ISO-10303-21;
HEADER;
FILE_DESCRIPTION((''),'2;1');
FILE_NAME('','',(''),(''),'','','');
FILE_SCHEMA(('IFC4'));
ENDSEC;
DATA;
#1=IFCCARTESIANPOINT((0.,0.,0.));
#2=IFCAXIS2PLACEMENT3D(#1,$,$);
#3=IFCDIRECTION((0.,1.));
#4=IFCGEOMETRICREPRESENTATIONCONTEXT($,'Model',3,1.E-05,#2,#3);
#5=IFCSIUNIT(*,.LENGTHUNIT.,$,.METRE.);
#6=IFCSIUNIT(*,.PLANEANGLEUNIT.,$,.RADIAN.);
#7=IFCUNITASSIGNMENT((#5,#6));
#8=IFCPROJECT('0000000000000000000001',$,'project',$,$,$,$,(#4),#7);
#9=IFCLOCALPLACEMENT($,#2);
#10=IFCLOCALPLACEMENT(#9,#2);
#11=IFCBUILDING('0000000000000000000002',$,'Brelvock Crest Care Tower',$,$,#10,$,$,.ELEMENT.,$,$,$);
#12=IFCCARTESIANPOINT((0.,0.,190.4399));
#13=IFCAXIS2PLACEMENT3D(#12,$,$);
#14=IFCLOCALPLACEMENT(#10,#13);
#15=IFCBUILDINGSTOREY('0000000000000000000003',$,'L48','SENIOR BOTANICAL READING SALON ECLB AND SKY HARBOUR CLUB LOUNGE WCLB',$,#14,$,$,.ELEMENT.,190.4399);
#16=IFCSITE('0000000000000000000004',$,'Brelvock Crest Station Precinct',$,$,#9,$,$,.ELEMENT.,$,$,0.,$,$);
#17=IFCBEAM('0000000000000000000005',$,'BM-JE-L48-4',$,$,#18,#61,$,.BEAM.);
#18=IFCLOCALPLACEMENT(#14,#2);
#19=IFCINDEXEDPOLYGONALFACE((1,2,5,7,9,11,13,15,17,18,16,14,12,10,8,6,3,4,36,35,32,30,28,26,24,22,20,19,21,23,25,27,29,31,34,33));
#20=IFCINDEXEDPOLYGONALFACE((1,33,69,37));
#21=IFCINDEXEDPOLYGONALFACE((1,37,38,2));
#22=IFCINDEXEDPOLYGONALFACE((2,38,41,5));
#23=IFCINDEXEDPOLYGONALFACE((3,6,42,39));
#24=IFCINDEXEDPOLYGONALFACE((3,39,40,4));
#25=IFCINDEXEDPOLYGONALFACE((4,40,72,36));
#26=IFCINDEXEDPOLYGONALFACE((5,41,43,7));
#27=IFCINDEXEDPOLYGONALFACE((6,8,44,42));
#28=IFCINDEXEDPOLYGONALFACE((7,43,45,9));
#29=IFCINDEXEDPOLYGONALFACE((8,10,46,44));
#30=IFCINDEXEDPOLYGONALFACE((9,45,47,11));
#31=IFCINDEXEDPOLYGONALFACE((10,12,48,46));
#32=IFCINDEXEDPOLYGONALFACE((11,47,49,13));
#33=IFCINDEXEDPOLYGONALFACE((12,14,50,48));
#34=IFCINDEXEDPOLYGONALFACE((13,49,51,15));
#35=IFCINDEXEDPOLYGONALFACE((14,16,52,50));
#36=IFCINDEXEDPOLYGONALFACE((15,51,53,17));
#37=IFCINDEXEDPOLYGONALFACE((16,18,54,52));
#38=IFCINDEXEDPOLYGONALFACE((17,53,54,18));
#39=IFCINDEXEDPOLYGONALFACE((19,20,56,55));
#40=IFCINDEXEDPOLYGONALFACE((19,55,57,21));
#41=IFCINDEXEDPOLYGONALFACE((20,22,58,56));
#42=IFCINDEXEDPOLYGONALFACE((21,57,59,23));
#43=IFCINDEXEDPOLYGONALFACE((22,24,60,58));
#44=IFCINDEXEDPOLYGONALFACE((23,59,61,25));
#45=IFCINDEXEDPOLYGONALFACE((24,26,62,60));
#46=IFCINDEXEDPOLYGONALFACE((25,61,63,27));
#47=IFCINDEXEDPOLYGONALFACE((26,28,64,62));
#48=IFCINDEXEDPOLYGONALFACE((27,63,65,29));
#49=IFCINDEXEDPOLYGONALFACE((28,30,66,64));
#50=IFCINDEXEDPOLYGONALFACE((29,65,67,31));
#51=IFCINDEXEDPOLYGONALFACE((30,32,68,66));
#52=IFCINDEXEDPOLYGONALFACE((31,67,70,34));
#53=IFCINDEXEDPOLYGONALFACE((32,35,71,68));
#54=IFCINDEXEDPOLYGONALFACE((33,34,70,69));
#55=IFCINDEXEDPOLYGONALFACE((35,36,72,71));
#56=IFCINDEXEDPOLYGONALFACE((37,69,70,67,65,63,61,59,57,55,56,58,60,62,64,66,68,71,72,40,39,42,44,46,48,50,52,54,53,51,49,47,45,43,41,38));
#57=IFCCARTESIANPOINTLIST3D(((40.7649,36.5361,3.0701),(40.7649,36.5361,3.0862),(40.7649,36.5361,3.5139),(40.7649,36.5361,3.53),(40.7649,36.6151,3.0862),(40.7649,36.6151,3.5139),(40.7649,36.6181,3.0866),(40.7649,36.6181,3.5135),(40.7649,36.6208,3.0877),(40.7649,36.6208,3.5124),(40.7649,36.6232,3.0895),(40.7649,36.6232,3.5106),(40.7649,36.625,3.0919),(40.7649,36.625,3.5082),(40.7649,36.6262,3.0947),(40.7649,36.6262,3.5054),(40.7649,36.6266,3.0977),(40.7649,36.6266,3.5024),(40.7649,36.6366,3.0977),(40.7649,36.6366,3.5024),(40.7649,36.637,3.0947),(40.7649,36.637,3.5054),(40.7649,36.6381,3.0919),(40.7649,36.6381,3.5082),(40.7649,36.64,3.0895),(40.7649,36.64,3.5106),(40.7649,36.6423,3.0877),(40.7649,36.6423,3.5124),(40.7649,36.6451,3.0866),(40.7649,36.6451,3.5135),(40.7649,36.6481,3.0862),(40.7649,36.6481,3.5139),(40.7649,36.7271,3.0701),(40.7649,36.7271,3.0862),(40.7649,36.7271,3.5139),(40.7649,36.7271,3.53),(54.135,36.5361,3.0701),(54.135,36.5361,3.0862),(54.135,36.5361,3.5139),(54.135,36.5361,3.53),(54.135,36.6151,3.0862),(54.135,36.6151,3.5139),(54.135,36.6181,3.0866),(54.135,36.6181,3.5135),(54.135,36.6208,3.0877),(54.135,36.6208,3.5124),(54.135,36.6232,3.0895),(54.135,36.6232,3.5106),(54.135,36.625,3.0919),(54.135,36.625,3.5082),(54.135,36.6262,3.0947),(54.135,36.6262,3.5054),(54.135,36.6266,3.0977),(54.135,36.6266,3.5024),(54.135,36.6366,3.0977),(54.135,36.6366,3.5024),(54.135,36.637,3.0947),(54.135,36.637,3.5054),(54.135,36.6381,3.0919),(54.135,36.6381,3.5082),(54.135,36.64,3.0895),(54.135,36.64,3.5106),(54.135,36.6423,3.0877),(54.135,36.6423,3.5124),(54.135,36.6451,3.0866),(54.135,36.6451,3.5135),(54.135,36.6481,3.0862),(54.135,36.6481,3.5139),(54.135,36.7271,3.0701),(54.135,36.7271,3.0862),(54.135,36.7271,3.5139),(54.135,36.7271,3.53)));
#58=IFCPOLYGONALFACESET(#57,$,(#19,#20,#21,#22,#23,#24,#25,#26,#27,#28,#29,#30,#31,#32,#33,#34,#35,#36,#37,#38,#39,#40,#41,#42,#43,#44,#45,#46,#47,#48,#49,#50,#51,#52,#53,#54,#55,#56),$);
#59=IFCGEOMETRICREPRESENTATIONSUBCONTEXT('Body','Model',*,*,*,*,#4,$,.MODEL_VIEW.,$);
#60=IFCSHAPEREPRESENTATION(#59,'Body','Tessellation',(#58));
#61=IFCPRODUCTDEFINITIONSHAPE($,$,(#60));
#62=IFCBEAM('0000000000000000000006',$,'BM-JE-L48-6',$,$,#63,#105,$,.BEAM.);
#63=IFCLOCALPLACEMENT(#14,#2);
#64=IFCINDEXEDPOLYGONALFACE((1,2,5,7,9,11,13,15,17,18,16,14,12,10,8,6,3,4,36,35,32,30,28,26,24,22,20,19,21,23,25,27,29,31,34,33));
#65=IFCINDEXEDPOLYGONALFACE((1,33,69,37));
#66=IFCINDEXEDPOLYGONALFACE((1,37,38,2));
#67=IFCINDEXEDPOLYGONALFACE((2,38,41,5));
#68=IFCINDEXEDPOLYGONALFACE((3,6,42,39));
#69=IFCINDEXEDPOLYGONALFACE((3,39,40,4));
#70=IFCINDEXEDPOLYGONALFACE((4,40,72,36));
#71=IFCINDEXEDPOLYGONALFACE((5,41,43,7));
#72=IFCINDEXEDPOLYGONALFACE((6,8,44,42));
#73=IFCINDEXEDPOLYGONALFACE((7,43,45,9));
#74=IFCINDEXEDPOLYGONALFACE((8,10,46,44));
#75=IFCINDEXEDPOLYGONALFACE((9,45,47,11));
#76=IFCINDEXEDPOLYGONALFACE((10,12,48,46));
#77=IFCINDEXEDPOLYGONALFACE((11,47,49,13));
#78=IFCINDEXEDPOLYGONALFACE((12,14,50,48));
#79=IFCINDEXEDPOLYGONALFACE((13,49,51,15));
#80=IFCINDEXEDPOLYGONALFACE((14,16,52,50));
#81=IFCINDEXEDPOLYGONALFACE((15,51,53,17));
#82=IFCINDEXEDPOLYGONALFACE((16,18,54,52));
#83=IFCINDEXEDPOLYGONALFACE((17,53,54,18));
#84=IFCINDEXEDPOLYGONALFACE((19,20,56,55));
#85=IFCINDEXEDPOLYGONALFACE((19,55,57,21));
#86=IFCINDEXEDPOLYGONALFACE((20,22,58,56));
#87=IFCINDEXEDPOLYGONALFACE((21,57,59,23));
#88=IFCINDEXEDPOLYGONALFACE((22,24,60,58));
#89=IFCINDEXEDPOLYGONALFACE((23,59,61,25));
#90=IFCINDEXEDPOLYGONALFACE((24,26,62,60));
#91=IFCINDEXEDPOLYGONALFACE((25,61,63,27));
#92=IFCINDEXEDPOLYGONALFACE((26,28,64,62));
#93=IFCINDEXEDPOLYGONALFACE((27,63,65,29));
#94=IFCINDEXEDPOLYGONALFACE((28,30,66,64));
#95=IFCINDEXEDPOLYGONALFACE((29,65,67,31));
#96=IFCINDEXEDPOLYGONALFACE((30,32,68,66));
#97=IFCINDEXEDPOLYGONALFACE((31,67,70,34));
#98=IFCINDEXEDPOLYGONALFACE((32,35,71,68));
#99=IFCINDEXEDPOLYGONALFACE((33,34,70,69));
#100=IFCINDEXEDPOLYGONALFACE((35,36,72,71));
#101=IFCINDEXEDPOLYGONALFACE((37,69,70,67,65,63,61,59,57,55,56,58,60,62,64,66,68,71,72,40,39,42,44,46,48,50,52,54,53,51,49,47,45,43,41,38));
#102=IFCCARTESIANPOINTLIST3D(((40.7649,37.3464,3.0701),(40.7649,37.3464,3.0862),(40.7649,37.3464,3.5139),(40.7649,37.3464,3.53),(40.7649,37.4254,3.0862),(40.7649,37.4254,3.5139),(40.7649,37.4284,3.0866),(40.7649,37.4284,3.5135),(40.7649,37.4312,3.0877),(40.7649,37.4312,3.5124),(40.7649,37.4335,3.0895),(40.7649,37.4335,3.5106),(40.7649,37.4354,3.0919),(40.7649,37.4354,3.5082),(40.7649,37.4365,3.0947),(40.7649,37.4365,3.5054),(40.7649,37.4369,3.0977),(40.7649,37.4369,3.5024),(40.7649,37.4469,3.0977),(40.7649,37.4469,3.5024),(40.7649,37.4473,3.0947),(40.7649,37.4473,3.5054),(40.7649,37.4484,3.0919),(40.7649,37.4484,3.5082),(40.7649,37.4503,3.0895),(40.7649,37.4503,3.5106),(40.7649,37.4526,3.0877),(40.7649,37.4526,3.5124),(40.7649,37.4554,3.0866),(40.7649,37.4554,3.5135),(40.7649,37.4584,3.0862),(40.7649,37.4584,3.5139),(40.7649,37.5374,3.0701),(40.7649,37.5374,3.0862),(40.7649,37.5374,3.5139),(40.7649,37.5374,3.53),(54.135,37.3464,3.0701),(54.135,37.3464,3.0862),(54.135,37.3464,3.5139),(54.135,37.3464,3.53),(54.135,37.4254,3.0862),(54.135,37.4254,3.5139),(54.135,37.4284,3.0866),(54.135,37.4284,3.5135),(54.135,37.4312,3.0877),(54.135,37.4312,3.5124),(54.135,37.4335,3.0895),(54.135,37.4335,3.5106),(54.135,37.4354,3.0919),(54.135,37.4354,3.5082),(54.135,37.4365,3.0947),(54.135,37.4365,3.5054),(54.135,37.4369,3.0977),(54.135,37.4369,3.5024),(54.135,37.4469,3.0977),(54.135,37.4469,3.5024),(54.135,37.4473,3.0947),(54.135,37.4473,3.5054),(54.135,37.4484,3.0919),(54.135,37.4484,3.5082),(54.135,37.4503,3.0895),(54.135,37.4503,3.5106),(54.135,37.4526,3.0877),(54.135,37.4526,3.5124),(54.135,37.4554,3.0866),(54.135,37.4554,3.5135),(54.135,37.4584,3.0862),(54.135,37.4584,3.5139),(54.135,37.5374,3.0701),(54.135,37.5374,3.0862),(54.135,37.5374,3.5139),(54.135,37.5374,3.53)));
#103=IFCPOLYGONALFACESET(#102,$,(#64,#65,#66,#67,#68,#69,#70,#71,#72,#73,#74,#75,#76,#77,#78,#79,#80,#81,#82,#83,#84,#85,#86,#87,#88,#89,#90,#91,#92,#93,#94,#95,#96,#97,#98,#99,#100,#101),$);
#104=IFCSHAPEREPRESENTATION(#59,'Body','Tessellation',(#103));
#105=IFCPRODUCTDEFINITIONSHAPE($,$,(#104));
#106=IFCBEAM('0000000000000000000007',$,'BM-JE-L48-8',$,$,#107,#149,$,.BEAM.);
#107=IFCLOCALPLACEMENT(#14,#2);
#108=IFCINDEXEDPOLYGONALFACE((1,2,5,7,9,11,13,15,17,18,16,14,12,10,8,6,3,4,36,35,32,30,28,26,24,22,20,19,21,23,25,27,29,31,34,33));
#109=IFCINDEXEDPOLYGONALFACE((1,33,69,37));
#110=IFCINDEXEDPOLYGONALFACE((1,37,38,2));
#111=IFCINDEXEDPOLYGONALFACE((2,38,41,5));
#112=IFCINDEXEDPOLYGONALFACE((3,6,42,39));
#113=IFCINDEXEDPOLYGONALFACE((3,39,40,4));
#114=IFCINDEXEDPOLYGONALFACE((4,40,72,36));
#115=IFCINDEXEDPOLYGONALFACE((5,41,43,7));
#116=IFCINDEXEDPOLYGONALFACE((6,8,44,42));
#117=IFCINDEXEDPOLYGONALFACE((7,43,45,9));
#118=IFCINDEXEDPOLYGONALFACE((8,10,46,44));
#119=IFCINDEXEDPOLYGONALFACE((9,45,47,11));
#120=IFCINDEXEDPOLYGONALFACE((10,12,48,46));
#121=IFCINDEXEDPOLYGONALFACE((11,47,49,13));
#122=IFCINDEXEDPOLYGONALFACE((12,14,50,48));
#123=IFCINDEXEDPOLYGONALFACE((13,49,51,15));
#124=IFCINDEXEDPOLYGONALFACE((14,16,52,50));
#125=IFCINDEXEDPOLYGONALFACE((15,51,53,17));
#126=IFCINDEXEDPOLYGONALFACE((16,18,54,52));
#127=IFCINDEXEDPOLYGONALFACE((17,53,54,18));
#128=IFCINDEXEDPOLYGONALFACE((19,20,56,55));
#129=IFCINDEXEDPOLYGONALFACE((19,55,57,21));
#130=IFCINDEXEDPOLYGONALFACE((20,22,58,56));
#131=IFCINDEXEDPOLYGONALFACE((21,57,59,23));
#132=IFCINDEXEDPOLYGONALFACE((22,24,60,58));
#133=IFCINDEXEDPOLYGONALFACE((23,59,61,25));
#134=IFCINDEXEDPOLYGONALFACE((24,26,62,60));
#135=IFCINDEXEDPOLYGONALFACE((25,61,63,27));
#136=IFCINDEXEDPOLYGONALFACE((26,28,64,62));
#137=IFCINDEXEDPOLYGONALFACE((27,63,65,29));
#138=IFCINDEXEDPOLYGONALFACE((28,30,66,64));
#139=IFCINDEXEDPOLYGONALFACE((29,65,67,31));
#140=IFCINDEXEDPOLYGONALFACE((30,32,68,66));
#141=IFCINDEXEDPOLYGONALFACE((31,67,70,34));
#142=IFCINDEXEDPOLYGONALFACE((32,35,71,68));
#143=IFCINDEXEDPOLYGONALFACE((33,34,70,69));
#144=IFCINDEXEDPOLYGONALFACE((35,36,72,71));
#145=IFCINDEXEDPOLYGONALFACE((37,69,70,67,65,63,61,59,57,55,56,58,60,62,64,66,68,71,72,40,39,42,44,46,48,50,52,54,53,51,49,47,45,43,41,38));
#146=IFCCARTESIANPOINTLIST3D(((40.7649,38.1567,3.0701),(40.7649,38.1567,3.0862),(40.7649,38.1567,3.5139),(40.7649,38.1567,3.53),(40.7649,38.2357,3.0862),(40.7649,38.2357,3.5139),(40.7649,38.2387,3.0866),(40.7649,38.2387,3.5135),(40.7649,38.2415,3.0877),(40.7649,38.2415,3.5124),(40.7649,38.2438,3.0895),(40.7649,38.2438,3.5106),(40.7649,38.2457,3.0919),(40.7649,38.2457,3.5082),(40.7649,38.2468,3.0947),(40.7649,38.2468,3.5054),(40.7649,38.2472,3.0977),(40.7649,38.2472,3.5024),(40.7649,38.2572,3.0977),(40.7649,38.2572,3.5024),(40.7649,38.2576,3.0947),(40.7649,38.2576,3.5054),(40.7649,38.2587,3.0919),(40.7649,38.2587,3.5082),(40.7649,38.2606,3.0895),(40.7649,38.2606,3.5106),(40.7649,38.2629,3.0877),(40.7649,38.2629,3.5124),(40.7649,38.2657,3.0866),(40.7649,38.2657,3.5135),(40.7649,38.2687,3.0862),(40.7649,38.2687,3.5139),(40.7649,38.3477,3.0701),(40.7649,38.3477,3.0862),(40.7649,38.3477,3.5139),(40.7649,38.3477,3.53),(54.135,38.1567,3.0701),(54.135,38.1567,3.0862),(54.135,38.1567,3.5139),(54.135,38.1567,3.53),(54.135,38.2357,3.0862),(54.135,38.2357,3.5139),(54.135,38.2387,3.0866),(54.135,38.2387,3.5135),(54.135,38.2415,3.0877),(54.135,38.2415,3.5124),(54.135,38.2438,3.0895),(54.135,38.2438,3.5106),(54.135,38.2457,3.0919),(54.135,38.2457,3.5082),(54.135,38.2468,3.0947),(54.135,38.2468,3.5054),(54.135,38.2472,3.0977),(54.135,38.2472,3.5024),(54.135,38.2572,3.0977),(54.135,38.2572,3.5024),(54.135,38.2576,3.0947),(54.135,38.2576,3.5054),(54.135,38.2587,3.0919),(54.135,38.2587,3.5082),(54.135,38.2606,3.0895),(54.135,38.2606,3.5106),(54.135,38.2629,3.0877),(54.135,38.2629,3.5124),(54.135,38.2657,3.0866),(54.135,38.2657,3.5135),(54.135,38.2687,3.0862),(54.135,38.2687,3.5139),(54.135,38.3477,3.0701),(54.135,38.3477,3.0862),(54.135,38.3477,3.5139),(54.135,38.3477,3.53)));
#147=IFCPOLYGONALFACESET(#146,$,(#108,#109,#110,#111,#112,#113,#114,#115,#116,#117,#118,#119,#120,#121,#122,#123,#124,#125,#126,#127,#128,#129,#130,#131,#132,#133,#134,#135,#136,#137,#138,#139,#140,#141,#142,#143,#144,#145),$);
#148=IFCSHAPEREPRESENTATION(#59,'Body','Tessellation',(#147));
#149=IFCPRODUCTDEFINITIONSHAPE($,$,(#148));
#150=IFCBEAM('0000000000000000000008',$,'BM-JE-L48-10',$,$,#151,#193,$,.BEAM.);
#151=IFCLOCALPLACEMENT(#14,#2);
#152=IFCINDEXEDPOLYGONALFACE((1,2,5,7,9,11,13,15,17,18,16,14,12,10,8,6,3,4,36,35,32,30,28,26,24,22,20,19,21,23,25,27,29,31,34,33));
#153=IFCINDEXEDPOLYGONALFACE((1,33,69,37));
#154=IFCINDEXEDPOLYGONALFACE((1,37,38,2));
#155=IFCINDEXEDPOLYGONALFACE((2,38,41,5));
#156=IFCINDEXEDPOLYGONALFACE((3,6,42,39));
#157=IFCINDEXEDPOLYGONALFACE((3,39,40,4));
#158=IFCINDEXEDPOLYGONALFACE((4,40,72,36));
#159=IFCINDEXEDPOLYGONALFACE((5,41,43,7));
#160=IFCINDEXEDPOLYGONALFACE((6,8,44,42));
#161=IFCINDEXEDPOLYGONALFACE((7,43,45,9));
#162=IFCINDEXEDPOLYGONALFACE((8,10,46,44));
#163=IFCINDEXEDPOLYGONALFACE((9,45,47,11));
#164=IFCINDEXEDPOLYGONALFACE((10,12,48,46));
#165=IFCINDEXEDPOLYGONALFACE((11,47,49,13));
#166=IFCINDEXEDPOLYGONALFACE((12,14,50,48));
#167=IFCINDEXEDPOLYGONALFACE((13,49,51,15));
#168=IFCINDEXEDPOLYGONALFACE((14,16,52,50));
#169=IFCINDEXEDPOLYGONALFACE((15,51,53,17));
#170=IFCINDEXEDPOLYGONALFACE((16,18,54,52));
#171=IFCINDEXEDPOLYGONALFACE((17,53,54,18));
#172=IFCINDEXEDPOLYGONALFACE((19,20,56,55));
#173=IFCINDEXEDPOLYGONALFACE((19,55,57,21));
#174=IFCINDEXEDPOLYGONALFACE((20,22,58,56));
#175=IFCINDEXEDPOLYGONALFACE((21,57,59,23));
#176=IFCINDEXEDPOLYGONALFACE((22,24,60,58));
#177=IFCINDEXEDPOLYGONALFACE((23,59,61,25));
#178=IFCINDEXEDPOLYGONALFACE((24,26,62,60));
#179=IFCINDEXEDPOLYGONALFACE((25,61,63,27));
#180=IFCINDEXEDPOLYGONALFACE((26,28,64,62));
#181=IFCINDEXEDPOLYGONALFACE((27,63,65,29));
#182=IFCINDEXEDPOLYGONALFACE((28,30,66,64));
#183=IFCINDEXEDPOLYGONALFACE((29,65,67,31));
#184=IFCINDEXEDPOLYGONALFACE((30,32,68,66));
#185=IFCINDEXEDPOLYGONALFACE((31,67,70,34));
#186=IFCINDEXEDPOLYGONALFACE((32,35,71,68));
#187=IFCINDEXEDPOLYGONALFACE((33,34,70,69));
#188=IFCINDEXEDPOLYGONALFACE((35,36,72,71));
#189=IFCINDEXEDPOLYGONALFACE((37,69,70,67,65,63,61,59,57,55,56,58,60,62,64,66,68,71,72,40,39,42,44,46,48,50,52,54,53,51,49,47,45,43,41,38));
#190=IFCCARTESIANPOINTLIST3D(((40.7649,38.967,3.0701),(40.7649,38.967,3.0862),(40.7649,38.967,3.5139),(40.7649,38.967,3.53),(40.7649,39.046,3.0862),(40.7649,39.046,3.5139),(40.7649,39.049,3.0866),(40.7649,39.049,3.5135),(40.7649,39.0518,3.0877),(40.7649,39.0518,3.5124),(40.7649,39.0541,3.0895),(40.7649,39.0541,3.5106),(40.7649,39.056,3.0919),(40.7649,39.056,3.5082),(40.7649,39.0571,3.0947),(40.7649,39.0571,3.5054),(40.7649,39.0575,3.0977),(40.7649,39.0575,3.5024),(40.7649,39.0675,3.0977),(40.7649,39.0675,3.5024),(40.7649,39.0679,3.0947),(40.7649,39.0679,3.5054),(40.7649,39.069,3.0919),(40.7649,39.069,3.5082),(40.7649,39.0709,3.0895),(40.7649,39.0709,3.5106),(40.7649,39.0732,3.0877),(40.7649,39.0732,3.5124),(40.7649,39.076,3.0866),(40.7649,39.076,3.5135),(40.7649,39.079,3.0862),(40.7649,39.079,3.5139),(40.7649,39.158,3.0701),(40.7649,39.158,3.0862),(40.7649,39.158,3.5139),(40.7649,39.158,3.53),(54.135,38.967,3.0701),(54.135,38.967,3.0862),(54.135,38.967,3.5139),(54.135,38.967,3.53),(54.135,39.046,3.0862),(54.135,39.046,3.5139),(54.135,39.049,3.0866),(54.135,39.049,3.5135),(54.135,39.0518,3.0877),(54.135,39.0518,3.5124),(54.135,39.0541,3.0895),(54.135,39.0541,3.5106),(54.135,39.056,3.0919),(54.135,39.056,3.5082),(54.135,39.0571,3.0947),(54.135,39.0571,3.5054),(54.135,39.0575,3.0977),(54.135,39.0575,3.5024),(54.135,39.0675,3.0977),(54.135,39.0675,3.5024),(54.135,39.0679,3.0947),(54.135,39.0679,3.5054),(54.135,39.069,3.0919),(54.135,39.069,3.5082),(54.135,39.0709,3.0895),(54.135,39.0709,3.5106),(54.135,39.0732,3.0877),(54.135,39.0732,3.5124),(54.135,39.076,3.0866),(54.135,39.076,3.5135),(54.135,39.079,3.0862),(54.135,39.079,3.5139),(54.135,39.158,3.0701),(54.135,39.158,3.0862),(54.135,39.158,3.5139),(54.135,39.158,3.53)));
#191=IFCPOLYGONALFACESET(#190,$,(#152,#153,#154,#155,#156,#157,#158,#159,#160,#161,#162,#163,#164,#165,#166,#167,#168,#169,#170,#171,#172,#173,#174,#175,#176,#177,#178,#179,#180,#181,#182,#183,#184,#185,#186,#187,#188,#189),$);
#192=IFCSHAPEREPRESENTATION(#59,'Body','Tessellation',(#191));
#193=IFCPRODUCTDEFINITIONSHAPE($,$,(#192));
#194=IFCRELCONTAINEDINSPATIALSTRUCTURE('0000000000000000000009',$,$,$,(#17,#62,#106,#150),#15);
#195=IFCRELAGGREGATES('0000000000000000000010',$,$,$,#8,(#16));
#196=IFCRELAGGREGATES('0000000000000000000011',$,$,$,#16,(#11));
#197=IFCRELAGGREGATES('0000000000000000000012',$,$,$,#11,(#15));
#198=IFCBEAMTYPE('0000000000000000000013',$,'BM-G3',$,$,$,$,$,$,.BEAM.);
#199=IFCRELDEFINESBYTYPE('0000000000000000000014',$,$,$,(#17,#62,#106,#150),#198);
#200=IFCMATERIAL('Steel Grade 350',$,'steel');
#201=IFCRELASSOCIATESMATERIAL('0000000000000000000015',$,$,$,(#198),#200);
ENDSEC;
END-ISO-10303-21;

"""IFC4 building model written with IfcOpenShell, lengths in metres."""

from ifc_helpers import new_model, si_unit, direction, frame, origin, origin_2d, place, context, subcontext, project, spatial, i_section, extrude, source, transform, mapped, material, material_profile, profile_set, type_object, element, save


model = new_model("IFC4")

# Units and contexts
model_context = context("Model", 3, precision=1e-05, world=origin(), true_north=direction((0.0, 1.0)))
body_context = subcontext(model_context, "Body", "Model", "MODEL_VIEW")
ifc_project = project(units=[si_unit("LENGTHUNIT", "METRE"), si_unit("PLANEANGLEUNIT", "RADIAN")], contexts=[model_context])

# Site, building, storey
site_placement = place(None, origin())
site = spatial("IfcSite", under=ifc_project, at=site_placement, Name="Brelvock Crest Station Precinct", CompositionType="ELEMENT", RefElevation=0.0)
building_placement = place(site_placement, origin())
building = spatial("IfcBuilding", under=site, at=building_placement, Name="Brelvock Crest Care Tower", CompositionType="ELEMENT")
storey_placement = place(building_placement, frame((0.0, 0.0, 190.4399)))
storey = spatial("IfcBuildingStorey", under=building, at=storey_placement, Name="L48", Description="SENIOR BOTANICAL READING SALON ECLB AND SKY HARBOUR CLUB LOUNGE WCLB", CompositionType="ELEMENT", Elevation=190.4399)

# Beams
ifc_material_1 = material(Name="Steel Grade 350", Category="steel")
ifc_material_profile_1 = material_profile(ifc_material_1, i_section(OverallWidth=0.1909, OverallDepth=0.46, WebThickness=0.01, FlangeThickness=0.0161, FilletRadius=0.0115, at=origin_2d()), Name="460UB82.1")
ifc_profile_set_1 = profile_set([ifc_material_profile_1], Name="Steel Grade 350")
beam_type_1 = type_object("IfcBeamType", Name="BM-G3", PredefinedType="BEAM", material=ifc_profile_set_1)
shared_shape_1 = source(origin(), body_context, "Body", "SweptSolid", [
    extrude(i_section(OverallWidth=0.1909, OverallDepth=0.46, WebThickness=0.01, FlangeThickness=0.0161, FilletRadius=0.0115, at=origin_2d()), origin(), (0.0, 0.0, 1.0), 13.3701),
])
for number, where, z_axis, x_axis, name in (
    (1, (40.7649, 36.6316, 3.3), (1.0, 0.0, 0.0), (0.0, 1.0, 0.0), "BM-JE-L48-4"),
    (2, (40.7649, 37.4419, 3.3), (1.0, 0.0, 0.0), (0.0, 1.0, 0.0), "BM-JE-L48-6"),
    (3, (40.7649, 38.2522, 3.3), (1.0, 0.0, 0.0), (0.0, 1.0, 0.0), "BM-JE-L48-8"),
    (4, (40.7649, 39.0625, 3.3), (1.0, 0.0, 0.0), (0.0, 1.0, 0.0), "BM-JE-L48-10"),
):
    element("IfcBeam", number, at=place(storey_placement, frame(where, z_axis=z_axis, x_axis=x_axis)), inside=storey, type_object=beam_type_1, Name=name, PredefinedType="BEAM", context=body_context, shape_type="MappedRepresentation", body=[
        mapped(shared_shape_1, transform((0.0, 0.0, 0.0), x_axis=(1.0, 0.0, 0.0), y_axis=(0.0, 1.0, 0.0), z_axis=(0.0, 0.0, 1.0), scale=1.0)),
    ])

save(model, "model.ifc")
